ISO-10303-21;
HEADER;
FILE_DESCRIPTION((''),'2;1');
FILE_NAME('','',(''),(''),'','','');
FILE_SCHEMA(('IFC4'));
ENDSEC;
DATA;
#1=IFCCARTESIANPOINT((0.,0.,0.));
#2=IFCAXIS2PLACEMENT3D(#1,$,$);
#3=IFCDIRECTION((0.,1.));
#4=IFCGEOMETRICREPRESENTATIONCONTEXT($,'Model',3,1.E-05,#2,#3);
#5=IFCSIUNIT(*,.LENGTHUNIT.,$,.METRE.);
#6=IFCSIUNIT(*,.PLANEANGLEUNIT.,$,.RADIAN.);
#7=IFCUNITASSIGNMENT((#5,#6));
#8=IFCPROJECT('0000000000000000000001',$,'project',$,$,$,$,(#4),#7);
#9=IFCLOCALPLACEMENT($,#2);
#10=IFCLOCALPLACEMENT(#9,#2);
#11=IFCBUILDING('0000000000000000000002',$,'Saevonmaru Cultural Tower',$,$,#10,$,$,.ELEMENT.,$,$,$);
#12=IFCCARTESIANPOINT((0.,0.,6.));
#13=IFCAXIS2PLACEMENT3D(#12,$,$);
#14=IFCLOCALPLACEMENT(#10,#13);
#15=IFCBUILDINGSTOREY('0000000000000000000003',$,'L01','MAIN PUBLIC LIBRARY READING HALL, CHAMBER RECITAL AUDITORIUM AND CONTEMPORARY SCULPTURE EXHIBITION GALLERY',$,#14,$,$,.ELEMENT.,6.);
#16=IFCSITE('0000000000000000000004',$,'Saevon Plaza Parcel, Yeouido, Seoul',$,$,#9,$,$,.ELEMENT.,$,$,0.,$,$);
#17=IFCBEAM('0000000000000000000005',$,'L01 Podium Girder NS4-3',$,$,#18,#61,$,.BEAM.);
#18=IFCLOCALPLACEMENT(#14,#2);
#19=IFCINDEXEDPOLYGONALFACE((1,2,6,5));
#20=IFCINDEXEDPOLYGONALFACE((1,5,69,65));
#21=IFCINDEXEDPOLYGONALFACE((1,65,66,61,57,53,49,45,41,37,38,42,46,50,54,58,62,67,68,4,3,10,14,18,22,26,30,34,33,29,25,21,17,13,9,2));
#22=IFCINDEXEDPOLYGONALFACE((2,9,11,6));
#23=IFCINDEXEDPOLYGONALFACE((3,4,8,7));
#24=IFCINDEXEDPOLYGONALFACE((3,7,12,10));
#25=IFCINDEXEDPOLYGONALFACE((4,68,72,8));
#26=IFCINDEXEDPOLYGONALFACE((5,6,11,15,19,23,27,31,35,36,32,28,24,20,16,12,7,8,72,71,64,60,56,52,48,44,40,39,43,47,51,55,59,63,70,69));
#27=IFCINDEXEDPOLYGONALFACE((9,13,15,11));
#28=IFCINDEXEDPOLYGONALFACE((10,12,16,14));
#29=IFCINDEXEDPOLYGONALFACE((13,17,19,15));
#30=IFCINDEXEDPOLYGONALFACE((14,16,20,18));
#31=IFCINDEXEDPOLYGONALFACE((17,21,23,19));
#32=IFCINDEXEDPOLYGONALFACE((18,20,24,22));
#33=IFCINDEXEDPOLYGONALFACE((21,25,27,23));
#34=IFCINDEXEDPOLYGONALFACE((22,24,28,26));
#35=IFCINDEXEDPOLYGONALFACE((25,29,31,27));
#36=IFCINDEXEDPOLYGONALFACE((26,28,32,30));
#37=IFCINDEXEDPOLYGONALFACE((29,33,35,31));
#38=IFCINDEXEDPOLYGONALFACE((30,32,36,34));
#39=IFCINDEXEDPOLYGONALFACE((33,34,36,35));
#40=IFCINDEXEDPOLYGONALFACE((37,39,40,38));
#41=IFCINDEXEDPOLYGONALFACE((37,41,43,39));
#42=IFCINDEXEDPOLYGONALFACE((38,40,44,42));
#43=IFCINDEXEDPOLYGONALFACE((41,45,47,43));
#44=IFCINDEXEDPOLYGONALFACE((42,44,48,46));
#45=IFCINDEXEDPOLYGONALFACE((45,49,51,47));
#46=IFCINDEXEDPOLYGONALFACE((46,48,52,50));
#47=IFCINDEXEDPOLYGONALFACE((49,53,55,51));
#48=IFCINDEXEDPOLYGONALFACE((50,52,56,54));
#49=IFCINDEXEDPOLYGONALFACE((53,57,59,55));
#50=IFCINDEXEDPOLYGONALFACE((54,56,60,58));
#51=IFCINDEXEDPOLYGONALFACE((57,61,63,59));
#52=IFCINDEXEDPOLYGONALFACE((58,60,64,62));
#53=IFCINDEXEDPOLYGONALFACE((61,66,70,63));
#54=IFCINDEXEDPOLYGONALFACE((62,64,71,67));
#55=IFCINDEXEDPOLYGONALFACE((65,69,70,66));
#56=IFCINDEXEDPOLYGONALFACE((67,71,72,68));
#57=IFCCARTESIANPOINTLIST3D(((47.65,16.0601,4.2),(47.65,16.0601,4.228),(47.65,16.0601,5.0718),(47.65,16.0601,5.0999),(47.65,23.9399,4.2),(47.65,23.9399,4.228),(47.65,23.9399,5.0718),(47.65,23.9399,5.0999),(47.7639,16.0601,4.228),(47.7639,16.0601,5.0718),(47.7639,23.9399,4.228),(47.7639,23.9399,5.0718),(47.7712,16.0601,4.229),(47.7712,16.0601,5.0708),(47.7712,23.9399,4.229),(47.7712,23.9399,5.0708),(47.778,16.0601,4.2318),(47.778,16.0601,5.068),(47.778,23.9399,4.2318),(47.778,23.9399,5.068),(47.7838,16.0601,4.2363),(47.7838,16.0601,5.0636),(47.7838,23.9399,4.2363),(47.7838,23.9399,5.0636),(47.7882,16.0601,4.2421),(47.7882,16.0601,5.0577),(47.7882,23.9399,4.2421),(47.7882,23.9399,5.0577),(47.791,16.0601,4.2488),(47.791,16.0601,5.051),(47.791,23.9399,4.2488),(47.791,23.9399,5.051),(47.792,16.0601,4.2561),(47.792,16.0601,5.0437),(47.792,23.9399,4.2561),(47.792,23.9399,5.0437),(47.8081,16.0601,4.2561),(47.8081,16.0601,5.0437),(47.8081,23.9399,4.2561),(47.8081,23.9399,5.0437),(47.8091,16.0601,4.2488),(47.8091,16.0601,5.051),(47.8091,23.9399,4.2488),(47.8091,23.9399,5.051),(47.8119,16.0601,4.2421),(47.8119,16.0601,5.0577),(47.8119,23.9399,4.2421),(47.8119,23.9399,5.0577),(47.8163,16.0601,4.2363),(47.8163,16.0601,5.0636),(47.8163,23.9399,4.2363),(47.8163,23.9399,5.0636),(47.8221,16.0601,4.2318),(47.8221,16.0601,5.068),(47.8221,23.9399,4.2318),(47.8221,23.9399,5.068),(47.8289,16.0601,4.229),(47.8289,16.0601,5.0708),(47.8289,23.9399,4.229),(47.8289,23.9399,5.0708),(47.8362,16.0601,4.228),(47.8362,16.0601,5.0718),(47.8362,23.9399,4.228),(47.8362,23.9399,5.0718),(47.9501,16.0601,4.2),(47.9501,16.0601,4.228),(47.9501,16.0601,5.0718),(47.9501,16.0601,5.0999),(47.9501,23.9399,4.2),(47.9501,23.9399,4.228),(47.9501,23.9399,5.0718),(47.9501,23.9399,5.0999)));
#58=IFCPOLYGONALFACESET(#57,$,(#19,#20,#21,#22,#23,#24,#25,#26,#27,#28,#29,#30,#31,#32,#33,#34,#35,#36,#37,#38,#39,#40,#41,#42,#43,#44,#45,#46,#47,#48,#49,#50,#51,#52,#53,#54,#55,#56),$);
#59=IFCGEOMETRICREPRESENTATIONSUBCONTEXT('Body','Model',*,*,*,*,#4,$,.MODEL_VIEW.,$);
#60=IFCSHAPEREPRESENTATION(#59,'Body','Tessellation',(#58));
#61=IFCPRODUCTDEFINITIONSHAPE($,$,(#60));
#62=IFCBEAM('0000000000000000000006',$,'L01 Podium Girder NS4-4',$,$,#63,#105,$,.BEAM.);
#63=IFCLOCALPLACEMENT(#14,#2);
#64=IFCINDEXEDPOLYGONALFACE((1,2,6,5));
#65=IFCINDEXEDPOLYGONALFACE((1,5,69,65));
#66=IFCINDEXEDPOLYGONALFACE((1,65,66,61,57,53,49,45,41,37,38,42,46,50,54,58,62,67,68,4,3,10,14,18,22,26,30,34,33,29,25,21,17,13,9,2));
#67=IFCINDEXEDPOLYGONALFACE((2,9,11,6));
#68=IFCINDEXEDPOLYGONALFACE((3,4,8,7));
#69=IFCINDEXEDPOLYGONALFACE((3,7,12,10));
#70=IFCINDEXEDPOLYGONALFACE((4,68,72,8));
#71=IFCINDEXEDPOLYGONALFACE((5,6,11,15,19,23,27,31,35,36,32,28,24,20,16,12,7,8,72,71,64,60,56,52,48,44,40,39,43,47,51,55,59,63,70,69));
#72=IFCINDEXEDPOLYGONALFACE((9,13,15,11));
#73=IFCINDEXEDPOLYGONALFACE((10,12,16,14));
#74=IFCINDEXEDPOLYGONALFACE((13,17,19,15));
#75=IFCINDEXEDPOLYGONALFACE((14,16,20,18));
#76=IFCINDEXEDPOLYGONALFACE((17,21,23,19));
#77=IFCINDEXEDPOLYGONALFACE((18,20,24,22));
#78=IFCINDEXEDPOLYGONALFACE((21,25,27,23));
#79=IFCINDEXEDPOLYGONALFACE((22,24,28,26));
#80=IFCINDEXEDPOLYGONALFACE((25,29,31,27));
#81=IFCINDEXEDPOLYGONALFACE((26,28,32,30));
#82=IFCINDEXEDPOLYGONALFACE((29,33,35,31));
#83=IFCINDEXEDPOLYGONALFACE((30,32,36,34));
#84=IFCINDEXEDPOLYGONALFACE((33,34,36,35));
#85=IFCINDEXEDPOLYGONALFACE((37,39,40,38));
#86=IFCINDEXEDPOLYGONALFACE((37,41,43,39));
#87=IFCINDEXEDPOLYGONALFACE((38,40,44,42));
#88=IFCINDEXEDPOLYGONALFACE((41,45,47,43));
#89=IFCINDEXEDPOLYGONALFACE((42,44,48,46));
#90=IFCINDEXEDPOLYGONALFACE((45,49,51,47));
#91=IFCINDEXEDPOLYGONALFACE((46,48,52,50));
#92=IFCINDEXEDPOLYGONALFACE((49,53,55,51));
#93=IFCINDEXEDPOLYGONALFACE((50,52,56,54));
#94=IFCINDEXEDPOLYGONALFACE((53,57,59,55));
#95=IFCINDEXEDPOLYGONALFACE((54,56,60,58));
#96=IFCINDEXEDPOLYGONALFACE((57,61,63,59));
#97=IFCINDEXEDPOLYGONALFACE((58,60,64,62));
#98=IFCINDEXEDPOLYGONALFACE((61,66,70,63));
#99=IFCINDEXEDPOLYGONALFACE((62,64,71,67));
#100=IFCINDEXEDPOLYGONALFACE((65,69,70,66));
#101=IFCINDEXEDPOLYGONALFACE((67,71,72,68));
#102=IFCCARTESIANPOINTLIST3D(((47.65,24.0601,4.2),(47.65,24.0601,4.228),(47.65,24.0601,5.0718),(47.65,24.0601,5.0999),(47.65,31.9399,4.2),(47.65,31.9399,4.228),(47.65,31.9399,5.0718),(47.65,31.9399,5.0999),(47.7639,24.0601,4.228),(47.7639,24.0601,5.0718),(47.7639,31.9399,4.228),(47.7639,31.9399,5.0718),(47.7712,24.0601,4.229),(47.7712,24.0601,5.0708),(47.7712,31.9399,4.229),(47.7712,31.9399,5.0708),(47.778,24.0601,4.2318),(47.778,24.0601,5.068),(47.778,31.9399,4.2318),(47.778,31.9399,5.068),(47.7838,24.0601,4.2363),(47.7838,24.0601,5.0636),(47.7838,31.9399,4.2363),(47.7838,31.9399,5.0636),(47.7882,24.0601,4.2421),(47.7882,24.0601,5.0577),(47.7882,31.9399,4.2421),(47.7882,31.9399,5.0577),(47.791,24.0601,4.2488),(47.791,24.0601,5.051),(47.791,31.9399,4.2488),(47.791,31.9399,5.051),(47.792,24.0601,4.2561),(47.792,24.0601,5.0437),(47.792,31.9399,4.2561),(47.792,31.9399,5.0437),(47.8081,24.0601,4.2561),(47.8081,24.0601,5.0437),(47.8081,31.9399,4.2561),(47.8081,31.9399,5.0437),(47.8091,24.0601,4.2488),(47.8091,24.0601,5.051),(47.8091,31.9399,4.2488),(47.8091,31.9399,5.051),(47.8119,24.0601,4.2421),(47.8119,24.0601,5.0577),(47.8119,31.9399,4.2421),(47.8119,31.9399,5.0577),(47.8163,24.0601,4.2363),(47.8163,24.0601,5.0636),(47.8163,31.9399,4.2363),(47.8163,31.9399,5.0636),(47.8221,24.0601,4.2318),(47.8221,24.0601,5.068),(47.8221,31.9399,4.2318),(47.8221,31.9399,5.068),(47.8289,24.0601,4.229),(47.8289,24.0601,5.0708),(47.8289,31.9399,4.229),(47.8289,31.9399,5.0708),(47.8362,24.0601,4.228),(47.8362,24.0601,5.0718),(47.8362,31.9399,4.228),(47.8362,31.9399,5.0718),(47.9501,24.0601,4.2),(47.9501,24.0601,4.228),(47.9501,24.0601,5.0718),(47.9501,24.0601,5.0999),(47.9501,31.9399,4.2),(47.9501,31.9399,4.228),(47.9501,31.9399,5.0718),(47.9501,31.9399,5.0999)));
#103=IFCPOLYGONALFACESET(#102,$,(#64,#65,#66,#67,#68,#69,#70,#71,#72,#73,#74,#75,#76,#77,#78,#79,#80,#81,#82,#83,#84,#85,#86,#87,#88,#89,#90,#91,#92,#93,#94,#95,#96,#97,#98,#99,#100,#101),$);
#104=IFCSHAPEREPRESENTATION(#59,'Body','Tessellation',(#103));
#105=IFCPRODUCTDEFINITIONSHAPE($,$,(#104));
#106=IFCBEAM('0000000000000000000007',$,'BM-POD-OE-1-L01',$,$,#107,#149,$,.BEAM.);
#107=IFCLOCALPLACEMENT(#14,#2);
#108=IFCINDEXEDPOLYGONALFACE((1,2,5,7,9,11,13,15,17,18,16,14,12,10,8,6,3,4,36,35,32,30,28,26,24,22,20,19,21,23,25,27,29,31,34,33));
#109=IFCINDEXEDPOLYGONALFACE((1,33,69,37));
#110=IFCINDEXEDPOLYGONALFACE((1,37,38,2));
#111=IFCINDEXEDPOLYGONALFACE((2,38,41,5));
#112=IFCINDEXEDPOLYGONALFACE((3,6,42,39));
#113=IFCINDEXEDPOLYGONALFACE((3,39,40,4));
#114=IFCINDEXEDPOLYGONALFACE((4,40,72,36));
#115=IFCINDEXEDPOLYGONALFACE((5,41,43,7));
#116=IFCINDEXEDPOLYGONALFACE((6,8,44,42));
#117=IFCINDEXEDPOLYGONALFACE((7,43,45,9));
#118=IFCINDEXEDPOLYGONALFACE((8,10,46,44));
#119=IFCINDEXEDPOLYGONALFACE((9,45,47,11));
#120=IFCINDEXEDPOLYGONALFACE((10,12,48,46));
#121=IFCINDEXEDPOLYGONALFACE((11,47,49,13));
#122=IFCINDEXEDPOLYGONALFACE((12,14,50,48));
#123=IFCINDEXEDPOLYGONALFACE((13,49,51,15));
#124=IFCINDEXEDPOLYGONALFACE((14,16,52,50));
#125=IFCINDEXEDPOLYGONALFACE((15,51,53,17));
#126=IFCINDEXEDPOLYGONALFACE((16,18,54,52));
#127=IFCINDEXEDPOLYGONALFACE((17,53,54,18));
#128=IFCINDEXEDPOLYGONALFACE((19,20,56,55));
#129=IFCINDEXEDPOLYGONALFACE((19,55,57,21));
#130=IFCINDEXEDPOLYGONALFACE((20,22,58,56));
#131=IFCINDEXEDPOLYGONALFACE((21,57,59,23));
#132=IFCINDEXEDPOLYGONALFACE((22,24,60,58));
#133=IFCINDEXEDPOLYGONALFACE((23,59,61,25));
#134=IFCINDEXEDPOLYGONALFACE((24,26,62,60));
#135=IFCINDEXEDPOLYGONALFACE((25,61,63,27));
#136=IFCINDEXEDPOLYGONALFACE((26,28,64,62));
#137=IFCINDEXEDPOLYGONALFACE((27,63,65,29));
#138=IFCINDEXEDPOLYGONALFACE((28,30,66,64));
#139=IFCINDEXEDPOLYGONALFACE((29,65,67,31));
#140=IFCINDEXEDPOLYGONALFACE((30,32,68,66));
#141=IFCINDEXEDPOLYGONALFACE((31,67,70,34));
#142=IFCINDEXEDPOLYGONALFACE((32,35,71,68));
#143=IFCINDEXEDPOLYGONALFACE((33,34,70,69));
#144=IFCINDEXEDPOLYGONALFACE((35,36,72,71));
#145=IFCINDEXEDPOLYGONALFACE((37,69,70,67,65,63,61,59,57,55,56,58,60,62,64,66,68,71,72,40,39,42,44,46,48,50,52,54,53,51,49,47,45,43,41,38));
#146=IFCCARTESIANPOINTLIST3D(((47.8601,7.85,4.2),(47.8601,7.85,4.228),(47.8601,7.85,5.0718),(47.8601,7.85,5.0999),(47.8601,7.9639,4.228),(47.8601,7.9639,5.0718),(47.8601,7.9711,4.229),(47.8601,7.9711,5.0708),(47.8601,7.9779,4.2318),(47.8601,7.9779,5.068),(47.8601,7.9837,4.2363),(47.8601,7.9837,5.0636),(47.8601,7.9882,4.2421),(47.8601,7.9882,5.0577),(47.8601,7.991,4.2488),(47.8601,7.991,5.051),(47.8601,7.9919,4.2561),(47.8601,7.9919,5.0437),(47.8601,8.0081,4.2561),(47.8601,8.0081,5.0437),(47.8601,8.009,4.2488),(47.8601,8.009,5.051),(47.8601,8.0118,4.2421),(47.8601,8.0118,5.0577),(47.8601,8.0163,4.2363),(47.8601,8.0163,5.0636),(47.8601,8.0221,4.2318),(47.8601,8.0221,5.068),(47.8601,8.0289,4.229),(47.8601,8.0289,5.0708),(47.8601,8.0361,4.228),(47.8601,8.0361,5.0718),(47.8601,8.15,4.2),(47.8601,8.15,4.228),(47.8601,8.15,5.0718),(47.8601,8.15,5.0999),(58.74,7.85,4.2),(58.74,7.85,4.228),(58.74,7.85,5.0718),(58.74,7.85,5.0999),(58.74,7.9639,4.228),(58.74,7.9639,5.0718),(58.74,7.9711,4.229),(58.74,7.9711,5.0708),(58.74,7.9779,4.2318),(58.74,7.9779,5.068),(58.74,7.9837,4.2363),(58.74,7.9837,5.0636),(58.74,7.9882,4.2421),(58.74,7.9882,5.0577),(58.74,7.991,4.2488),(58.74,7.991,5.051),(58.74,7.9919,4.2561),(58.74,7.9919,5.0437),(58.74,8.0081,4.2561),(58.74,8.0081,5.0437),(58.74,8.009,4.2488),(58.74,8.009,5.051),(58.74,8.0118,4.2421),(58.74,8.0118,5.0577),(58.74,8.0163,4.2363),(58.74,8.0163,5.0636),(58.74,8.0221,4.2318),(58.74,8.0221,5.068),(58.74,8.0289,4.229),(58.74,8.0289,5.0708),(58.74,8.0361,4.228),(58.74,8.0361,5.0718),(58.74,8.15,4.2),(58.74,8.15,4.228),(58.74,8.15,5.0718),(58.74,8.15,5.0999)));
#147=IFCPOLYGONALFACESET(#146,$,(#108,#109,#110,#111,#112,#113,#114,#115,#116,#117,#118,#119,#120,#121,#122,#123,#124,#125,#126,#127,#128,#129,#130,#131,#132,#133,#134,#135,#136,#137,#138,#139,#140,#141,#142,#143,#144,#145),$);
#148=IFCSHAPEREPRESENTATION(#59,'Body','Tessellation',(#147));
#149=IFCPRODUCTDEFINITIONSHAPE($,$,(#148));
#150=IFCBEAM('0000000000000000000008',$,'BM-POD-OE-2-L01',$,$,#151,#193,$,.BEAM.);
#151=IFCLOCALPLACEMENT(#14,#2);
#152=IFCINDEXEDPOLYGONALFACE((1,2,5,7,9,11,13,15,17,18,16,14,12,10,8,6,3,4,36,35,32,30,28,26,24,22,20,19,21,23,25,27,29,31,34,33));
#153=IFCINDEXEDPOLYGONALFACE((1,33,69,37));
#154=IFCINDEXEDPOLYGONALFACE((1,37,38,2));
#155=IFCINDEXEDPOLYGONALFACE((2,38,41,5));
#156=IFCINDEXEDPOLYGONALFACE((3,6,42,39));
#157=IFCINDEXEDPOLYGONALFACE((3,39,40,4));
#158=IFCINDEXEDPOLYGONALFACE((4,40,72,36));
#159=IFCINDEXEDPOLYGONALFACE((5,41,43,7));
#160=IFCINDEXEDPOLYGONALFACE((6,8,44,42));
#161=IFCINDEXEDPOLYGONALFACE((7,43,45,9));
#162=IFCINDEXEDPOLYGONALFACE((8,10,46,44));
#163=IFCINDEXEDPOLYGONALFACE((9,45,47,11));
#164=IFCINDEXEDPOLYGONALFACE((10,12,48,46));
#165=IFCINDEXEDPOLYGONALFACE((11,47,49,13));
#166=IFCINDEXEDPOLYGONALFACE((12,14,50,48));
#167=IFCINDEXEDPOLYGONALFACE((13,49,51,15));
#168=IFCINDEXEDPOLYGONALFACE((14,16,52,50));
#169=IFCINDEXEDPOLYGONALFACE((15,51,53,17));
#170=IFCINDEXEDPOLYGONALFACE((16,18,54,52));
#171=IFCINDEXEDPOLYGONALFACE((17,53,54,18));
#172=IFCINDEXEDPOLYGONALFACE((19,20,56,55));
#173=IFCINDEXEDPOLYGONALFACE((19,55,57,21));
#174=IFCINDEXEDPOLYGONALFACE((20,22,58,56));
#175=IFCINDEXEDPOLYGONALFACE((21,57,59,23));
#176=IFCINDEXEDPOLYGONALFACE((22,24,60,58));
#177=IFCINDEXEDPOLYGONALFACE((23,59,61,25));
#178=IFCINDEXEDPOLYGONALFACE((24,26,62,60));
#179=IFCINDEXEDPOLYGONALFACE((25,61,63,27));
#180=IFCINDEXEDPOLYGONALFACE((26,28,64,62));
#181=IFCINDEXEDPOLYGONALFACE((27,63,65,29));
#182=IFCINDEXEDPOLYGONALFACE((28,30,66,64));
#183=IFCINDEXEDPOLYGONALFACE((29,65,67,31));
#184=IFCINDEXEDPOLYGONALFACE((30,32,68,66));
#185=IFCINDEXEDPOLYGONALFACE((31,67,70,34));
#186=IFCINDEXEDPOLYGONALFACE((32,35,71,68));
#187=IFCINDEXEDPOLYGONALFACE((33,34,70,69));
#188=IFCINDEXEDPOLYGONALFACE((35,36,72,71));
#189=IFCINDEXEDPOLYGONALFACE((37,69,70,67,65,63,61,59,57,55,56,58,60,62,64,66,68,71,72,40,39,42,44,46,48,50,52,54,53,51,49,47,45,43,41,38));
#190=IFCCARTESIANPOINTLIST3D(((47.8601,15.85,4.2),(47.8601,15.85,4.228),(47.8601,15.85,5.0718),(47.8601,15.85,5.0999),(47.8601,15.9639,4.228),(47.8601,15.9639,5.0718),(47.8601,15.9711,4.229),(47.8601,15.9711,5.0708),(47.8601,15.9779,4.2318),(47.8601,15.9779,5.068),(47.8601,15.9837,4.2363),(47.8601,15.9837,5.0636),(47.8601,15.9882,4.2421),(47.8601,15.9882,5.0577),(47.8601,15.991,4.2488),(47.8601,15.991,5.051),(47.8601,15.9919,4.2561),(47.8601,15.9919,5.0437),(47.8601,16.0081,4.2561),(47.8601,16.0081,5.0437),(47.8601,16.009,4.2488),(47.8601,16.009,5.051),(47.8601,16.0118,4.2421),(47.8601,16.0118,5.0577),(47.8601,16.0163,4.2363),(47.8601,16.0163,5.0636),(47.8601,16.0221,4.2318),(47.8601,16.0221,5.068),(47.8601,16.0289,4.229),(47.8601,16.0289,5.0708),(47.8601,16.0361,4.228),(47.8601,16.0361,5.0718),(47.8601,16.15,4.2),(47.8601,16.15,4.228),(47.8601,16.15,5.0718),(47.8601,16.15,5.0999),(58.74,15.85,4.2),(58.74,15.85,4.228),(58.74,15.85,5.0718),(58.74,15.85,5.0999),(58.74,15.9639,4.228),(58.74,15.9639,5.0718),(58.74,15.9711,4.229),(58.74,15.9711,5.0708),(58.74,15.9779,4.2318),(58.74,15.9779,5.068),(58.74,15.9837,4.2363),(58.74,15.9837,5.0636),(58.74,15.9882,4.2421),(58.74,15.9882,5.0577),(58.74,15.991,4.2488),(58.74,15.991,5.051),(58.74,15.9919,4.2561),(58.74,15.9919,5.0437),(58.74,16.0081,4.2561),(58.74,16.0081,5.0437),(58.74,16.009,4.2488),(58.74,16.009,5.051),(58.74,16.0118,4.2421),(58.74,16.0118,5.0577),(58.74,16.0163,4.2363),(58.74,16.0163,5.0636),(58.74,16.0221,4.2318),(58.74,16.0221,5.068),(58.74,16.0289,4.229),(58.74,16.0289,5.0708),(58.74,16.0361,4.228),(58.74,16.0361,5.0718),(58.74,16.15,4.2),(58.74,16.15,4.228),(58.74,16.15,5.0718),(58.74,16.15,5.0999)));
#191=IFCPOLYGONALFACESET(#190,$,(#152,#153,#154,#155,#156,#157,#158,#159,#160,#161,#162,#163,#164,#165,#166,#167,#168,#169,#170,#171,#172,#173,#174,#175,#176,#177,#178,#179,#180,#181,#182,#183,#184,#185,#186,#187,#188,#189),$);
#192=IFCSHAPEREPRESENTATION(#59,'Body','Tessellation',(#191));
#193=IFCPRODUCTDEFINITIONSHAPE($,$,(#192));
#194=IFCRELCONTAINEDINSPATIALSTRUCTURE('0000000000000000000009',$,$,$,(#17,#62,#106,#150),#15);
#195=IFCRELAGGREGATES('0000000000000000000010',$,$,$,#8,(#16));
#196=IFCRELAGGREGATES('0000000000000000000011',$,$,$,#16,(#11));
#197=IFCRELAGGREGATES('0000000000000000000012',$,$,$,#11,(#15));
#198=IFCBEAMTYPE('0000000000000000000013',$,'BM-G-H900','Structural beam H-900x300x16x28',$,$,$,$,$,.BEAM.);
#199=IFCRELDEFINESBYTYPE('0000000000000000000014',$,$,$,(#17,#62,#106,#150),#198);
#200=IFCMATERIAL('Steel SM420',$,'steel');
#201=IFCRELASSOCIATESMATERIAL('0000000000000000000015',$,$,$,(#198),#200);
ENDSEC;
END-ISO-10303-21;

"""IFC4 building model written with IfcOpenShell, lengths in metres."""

from ifc_helpers import new_model, si_unit, direction, frame, origin, origin_2d, place, context, subcontext, project, spatial, i_section, extrude, material, material_profile, profile_set, type_object, element, save


model = new_model("IFC4")

# Units and contexts
model_context = context("Model", 3, precision=1e-05, world=origin(), true_north=direction((0.0, 1.0)))
body_context = subcontext(model_context, "Body", "Model", "MODEL_VIEW")
ifc_project = project(units=[si_unit("LENGTHUNIT", "METRE"), si_unit("PLANEANGLEUNIT", "RADIAN")], contexts=[model_context])

# Site, building, storey
site_placement = place(None, origin())
site = spatial("IfcSite", under=ifc_project, at=site_placement, Name="Saevon Plaza Parcel, Yeouido, Seoul", CompositionType="ELEMENT", RefElevation=0.0)
building_placement = place(site_placement, origin())
building = spatial("IfcBuilding", under=site, at=building_placement, Name="Saevonmaru Cultural Tower", CompositionType="ELEMENT")
storey_placement = place(building_placement, frame((0.0, 0.0, 6.0)))
storey = spatial("IfcBuildingStorey", under=building, at=storey_placement, Name="L01", Description="MAIN PUBLIC LIBRARY READING HALL, CHAMBER RECITAL AUDITORIUM AND CONTEMPORARY SCULPTURE EXHIBITION GALLERY", CompositionType="ELEMENT", Elevation=6.0)

# Beams
ifc_material_1 = material(Name="Steel SM420", Category="steel")
ifc_material_profile_1 = material_profile(ifc_material_1, i_section(OverallWidth=0.3, OverallDepth=0.8999, WebThickness=0.0161, FlangeThickness=0.0281, FilletRadius=0.0281, at=origin_2d()), Name="H-900x300x16x28")
ifc_profile_set_1 = profile_set([ifc_material_profile_1], Name="Steel SM420")
beam_type_1 = type_object("IfcBeamType", Name="BM-G-H900", Description="Structural beam H-900x300x16x28", PredefinedType="BEAM", material=ifc_profile_set_1)
for number, where, z_axis, x_axis, name in (
    (1, (47.8, 16.0601, 4.6499), (0.0, 1.0, 0.0), (-1.0, 0.0, 0.0), "L01 Podium Girder NS4-3"),
    (2, (47.8, 24.0601, 4.6499), (0.0, 1.0, 0.0), (-1.0, 0.0, 0.0), "L01 Podium Girder NS4-4"),
):
    element("IfcBeam", number, at=place(storey_placement, frame(where, z_axis=z_axis, x_axis=x_axis)), inside=storey, type_object=beam_type_1, Name=name, PredefinedType="BEAM", context=body_context, shape_type="SweptSolid", body=[
        extrude(i_section(OverallWidth=0.3, OverallDepth=0.8999, WebThickness=0.0161, FlangeThickness=0.0281, FilletRadius=0.0281, at=origin_2d()), origin(), (0.0, 0.0, 1.0), 7.8799),
    ])
for number, where, z_axis, x_axis, name in (
    (3, (47.8601, 8.0, 4.6499), (1.0, 0.0, 0.0), (0.0, 1.0, 0.0), "BM-POD-OE-1-L01"),
    (4, (47.8601, 16.0, 4.6499), (1.0, 0.0, 0.0), (0.0, 1.0, 0.0), "BM-POD-OE-2-L01"),
):
    element("IfcBeam", number, at=place(storey_placement, frame(where, z_axis=z_axis, x_axis=x_axis)), inside=storey, type_object=beam_type_1, Name=name, PredefinedType="BEAM", context=body_context, shape_type="SweptSolid", body=[
        extrude(i_section(OverallWidth=0.3, OverallDepth=0.8999, WebThickness=0.0161, FlangeThickness=0.0281, FilletRadius=0.0281, at=origin_2d()), origin(), (0.0, 0.0, 1.0), 10.8799),
    ])

save(model, "model.ifc")
